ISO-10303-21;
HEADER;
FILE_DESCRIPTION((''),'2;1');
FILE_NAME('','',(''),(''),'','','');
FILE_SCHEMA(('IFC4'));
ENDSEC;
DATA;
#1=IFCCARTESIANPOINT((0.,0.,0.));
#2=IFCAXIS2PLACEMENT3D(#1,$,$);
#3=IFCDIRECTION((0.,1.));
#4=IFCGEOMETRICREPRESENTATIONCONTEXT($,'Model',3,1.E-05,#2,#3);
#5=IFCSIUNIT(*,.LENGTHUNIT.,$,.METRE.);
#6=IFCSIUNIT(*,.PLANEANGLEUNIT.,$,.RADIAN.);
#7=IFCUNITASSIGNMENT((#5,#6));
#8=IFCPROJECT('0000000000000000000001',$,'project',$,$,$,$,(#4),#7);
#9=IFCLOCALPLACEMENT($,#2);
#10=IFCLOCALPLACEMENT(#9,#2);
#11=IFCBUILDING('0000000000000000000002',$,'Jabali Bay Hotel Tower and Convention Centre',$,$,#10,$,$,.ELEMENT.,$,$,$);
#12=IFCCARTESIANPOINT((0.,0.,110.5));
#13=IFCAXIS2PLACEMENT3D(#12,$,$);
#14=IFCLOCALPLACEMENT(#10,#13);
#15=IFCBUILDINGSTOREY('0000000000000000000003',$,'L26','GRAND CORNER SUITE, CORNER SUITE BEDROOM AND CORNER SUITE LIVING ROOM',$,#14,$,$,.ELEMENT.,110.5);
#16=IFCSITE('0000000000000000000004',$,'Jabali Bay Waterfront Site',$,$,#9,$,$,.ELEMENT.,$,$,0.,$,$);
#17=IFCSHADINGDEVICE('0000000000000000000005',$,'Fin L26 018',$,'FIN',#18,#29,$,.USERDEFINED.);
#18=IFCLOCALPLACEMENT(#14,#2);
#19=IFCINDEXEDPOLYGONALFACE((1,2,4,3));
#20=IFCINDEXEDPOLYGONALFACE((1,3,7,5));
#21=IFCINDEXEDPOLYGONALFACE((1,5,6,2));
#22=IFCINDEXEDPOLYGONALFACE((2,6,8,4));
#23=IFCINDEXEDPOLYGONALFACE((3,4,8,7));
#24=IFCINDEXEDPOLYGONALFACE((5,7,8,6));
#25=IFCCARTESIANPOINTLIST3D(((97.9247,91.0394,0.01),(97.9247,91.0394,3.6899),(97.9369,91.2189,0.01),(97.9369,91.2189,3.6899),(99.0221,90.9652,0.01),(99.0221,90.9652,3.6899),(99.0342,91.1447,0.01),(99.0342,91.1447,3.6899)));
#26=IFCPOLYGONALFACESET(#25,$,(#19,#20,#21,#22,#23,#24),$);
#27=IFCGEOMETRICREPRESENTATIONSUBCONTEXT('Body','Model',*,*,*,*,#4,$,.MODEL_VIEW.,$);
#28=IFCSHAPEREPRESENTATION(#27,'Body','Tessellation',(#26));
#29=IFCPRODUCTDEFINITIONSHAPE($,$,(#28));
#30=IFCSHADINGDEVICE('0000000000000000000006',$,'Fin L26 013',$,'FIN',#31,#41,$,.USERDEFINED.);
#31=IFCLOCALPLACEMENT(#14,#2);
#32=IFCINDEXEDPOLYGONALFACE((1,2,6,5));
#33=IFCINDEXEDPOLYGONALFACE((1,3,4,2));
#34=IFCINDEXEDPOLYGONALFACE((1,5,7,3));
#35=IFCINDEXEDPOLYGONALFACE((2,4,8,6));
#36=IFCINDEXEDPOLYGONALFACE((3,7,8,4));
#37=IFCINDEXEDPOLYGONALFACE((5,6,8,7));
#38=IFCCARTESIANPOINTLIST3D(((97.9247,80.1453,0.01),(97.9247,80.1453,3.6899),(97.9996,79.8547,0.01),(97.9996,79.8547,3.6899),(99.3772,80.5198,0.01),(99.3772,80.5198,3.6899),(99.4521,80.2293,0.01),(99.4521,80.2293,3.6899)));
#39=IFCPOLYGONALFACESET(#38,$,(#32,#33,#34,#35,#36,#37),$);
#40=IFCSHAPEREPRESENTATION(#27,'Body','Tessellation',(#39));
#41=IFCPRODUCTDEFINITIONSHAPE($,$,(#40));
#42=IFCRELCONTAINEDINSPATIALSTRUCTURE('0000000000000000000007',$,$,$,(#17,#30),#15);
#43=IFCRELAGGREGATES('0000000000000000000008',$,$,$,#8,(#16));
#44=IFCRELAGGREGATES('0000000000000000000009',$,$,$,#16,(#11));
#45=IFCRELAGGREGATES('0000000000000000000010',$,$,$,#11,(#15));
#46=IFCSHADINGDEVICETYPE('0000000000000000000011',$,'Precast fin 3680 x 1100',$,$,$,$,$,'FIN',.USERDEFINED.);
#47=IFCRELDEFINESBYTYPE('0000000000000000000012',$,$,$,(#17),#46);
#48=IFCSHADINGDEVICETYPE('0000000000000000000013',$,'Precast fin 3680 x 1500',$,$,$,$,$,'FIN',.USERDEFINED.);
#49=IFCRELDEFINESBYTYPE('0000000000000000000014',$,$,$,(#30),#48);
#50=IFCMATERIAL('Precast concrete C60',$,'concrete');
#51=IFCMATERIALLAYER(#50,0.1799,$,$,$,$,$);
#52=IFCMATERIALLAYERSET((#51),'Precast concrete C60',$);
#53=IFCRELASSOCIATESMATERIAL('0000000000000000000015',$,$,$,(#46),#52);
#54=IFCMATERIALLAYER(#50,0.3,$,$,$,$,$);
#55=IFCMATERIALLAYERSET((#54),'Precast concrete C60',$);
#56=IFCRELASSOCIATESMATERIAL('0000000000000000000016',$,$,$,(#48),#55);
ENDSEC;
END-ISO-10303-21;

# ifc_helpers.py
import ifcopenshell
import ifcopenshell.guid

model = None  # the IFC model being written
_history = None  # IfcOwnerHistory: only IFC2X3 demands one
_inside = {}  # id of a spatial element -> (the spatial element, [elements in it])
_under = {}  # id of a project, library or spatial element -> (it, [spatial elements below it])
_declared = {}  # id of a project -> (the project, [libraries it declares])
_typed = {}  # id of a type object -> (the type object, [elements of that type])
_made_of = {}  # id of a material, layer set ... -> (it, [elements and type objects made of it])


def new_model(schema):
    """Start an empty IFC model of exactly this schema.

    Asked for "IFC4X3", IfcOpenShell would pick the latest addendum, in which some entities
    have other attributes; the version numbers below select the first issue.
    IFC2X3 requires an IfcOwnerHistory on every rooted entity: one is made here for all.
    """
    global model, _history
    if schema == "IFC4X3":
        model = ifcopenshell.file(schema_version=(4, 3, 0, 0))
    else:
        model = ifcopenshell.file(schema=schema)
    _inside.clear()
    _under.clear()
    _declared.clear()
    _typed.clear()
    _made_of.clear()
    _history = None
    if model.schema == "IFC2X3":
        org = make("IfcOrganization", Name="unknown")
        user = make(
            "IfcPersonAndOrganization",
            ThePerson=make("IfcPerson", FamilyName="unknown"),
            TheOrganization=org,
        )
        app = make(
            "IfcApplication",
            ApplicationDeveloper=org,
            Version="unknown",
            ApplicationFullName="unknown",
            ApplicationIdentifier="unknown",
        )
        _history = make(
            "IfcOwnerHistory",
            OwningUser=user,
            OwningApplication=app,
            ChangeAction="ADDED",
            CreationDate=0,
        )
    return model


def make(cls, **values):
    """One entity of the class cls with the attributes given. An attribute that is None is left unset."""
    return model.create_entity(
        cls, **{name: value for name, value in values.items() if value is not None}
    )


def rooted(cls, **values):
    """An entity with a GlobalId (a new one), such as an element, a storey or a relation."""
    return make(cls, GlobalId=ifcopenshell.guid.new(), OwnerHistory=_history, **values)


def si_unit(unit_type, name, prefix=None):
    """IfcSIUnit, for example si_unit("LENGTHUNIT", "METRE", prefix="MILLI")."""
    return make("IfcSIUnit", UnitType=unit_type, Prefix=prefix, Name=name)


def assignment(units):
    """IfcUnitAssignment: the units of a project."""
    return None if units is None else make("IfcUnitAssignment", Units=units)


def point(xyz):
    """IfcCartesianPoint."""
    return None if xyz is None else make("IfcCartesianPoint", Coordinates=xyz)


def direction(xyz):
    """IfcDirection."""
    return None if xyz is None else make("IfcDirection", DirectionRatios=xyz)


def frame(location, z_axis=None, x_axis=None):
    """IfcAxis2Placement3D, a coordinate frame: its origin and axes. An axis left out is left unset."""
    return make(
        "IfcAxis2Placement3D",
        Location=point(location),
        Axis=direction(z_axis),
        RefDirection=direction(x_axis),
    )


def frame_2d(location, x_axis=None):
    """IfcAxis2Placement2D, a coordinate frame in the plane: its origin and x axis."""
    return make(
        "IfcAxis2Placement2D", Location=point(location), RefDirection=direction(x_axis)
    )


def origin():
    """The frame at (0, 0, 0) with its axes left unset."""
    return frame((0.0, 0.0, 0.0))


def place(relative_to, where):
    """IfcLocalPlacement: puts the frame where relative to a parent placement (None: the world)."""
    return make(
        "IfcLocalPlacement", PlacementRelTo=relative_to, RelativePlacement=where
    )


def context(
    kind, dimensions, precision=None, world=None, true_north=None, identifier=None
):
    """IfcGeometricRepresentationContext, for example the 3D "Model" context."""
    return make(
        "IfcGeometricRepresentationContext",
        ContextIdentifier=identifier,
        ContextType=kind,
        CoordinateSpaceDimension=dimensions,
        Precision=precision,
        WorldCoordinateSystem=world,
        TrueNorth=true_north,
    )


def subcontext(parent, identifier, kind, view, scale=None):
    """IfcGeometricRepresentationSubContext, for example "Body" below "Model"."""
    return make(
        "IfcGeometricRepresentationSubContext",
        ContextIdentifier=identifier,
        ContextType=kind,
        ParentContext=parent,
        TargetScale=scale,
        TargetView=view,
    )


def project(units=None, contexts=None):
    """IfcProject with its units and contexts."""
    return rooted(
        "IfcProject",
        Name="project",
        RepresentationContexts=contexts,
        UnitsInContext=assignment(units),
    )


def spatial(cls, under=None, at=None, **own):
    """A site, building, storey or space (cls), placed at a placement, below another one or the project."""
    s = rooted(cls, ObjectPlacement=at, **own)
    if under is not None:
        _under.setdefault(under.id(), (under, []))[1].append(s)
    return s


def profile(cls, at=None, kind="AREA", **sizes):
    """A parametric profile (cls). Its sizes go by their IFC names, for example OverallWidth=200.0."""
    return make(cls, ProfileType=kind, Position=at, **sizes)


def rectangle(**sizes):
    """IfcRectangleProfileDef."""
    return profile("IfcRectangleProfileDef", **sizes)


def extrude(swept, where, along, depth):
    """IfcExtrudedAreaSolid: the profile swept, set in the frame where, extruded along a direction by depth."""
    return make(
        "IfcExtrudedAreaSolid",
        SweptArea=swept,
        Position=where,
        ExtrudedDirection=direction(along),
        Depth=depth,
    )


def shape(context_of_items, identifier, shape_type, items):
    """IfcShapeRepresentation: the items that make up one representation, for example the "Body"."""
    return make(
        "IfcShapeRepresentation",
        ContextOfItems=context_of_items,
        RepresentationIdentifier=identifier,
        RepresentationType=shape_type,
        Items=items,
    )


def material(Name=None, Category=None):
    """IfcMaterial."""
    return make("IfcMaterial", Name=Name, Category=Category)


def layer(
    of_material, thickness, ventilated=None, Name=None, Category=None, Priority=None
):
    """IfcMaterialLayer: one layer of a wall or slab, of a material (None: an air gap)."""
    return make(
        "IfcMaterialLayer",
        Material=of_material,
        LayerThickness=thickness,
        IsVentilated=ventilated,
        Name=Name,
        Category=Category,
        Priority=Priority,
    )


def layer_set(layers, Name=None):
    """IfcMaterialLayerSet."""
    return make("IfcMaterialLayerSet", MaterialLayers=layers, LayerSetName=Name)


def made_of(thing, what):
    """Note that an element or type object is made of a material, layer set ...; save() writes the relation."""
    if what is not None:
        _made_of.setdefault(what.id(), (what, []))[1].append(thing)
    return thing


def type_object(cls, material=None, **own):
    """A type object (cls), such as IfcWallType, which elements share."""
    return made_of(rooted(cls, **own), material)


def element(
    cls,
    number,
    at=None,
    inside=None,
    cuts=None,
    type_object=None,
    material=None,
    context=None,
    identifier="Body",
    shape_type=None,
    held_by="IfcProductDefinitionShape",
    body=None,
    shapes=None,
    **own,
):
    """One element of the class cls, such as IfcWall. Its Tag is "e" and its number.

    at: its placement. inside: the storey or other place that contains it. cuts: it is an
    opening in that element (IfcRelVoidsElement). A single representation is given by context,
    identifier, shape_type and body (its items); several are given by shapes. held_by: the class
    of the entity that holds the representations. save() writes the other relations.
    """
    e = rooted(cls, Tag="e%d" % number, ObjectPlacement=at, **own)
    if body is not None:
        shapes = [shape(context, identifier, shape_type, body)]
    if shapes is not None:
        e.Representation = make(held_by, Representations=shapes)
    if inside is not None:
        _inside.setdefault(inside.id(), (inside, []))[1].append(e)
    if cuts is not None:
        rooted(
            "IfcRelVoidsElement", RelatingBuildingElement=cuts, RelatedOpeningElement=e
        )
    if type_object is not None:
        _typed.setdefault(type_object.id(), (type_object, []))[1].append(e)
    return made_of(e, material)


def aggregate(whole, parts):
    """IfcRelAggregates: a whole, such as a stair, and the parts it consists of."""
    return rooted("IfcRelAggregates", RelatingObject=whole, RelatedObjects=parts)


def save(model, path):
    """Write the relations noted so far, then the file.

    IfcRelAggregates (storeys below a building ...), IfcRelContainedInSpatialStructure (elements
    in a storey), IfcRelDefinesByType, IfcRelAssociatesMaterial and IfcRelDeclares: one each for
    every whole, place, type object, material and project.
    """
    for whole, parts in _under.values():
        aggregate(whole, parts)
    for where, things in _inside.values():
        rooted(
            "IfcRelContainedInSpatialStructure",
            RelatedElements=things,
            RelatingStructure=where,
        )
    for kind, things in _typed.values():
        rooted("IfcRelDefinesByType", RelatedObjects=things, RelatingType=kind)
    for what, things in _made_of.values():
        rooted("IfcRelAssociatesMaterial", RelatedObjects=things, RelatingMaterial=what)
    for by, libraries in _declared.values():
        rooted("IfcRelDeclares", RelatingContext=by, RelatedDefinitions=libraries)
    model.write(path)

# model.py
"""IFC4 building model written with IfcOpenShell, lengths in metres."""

from ifc_helpers import new_model, si_unit, direction, frame, frame_2d, origin, place, context, subcontext, project, spatial, rectangle, extrude, material, layer, layer_set, type_object, element, save


model = new_model("IFC4")

# Units and contexts
model_context = context("Model", 3, precision=1e-05, world=origin(), true_north=direction((0.0, 1.0)))
body_context = subcontext(model_context, "Body", "Model", "MODEL_VIEW")
ifc_project = project(units=[si_unit("LENGTHUNIT", "METRE"), si_unit("PLANEANGLEUNIT", "RADIAN")], contexts=[model_context])

# Site, building, storey
site_placement = place(None, origin())
site = spatial("IfcSite", under=ifc_project, at=site_placement, Name="Jabali Bay Waterfront Site", CompositionType="ELEMENT", RefElevation=0.0)
building_placement = place(site_placement, origin())
building = spatial("IfcBuilding", under=site, at=building_placement, Name="Jabali Bay Hotel Tower and Convention Centre", CompositionType="ELEMENT")
storey_placement = place(building_placement, frame((0.0, 0.0, 110.5)))
storey = spatial("IfcBuildingStorey", under=building, at=storey_placement, Name="L26", Description="GRAND CORNER SUITE, CORNER SUITE BEDROOM AND CORNER SUITE LIVING ROOM", CompositionType="ELEMENT", Elevation=110.5)

# Shading devices
ifc_material_1 = material(Name="Precast concrete C60", Category="concrete")
ifc_layer_1 = layer(ifc_material_1, 0.1799)
ifc_layer_set_1 = layer_set([ifc_layer_1], Name="Precast concrete C60")
shading_device_type_1 = type_object("IfcShadingDeviceType", Name="Precast fin 3680 x 1100", ElementType="FIN", PredefinedType="USERDEFINED", material=ifc_layer_set_1)
for number, where, z_axis, x_axis, name in (
    (1, (97.9309, 91.1292, 0.01), (0.0, 0.0, 1.0), (0.997721, -0.067477, 0.0), "Fin L26 018"),
):
    element("IfcShadingDevice", number, at=place(storey_placement, frame(where, z_axis=z_axis, x_axis=x_axis)), inside=storey, type_object=shading_device_type_1, Name=name, ObjectType="FIN", PredefinedType="USERDEFINED", context=body_context, shape_type="SweptSolid", body=[
        extrude(rectangle(XDim=1.0999, YDim=0.1799, at=frame_2d((0.5498, 0.0))), origin(), (0.0, 0.0, 1.0), 3.6799),
    ])
ifc_layer_2 = layer(ifc_material_1, 0.3)
ifc_layer_set_2 = layer_set([ifc_layer_2], Name="Precast concrete C60")
shading_device_type_2 = type_object("IfcShadingDeviceType", Name="Precast fin 3680 x 1500", ElementType="FIN", PredefinedType="USERDEFINED", material=ifc_layer_set_2)
shading_device_placement = place(storey_placement, frame((97.9622, 80.0, 0.01), z_axis=(0.0, 0.0, 1.0), x_axis=(0.968326, 0.249691, 0.0)))
element("IfcShadingDevice", 2, at=shading_device_placement, inside=storey, type_object=shading_device_type_2, Name="Fin L26 013", ObjectType="FIN", PredefinedType="USERDEFINED", context=body_context, shape_type="SweptSolid", body=[
    extrude(rectangle(XDim=1.5, YDim=0.3, at=frame_2d((0.75, 0.0))), origin(), (0.0, 0.0, 1.0), 3.6799),
])

save(model, "model.ifc")
